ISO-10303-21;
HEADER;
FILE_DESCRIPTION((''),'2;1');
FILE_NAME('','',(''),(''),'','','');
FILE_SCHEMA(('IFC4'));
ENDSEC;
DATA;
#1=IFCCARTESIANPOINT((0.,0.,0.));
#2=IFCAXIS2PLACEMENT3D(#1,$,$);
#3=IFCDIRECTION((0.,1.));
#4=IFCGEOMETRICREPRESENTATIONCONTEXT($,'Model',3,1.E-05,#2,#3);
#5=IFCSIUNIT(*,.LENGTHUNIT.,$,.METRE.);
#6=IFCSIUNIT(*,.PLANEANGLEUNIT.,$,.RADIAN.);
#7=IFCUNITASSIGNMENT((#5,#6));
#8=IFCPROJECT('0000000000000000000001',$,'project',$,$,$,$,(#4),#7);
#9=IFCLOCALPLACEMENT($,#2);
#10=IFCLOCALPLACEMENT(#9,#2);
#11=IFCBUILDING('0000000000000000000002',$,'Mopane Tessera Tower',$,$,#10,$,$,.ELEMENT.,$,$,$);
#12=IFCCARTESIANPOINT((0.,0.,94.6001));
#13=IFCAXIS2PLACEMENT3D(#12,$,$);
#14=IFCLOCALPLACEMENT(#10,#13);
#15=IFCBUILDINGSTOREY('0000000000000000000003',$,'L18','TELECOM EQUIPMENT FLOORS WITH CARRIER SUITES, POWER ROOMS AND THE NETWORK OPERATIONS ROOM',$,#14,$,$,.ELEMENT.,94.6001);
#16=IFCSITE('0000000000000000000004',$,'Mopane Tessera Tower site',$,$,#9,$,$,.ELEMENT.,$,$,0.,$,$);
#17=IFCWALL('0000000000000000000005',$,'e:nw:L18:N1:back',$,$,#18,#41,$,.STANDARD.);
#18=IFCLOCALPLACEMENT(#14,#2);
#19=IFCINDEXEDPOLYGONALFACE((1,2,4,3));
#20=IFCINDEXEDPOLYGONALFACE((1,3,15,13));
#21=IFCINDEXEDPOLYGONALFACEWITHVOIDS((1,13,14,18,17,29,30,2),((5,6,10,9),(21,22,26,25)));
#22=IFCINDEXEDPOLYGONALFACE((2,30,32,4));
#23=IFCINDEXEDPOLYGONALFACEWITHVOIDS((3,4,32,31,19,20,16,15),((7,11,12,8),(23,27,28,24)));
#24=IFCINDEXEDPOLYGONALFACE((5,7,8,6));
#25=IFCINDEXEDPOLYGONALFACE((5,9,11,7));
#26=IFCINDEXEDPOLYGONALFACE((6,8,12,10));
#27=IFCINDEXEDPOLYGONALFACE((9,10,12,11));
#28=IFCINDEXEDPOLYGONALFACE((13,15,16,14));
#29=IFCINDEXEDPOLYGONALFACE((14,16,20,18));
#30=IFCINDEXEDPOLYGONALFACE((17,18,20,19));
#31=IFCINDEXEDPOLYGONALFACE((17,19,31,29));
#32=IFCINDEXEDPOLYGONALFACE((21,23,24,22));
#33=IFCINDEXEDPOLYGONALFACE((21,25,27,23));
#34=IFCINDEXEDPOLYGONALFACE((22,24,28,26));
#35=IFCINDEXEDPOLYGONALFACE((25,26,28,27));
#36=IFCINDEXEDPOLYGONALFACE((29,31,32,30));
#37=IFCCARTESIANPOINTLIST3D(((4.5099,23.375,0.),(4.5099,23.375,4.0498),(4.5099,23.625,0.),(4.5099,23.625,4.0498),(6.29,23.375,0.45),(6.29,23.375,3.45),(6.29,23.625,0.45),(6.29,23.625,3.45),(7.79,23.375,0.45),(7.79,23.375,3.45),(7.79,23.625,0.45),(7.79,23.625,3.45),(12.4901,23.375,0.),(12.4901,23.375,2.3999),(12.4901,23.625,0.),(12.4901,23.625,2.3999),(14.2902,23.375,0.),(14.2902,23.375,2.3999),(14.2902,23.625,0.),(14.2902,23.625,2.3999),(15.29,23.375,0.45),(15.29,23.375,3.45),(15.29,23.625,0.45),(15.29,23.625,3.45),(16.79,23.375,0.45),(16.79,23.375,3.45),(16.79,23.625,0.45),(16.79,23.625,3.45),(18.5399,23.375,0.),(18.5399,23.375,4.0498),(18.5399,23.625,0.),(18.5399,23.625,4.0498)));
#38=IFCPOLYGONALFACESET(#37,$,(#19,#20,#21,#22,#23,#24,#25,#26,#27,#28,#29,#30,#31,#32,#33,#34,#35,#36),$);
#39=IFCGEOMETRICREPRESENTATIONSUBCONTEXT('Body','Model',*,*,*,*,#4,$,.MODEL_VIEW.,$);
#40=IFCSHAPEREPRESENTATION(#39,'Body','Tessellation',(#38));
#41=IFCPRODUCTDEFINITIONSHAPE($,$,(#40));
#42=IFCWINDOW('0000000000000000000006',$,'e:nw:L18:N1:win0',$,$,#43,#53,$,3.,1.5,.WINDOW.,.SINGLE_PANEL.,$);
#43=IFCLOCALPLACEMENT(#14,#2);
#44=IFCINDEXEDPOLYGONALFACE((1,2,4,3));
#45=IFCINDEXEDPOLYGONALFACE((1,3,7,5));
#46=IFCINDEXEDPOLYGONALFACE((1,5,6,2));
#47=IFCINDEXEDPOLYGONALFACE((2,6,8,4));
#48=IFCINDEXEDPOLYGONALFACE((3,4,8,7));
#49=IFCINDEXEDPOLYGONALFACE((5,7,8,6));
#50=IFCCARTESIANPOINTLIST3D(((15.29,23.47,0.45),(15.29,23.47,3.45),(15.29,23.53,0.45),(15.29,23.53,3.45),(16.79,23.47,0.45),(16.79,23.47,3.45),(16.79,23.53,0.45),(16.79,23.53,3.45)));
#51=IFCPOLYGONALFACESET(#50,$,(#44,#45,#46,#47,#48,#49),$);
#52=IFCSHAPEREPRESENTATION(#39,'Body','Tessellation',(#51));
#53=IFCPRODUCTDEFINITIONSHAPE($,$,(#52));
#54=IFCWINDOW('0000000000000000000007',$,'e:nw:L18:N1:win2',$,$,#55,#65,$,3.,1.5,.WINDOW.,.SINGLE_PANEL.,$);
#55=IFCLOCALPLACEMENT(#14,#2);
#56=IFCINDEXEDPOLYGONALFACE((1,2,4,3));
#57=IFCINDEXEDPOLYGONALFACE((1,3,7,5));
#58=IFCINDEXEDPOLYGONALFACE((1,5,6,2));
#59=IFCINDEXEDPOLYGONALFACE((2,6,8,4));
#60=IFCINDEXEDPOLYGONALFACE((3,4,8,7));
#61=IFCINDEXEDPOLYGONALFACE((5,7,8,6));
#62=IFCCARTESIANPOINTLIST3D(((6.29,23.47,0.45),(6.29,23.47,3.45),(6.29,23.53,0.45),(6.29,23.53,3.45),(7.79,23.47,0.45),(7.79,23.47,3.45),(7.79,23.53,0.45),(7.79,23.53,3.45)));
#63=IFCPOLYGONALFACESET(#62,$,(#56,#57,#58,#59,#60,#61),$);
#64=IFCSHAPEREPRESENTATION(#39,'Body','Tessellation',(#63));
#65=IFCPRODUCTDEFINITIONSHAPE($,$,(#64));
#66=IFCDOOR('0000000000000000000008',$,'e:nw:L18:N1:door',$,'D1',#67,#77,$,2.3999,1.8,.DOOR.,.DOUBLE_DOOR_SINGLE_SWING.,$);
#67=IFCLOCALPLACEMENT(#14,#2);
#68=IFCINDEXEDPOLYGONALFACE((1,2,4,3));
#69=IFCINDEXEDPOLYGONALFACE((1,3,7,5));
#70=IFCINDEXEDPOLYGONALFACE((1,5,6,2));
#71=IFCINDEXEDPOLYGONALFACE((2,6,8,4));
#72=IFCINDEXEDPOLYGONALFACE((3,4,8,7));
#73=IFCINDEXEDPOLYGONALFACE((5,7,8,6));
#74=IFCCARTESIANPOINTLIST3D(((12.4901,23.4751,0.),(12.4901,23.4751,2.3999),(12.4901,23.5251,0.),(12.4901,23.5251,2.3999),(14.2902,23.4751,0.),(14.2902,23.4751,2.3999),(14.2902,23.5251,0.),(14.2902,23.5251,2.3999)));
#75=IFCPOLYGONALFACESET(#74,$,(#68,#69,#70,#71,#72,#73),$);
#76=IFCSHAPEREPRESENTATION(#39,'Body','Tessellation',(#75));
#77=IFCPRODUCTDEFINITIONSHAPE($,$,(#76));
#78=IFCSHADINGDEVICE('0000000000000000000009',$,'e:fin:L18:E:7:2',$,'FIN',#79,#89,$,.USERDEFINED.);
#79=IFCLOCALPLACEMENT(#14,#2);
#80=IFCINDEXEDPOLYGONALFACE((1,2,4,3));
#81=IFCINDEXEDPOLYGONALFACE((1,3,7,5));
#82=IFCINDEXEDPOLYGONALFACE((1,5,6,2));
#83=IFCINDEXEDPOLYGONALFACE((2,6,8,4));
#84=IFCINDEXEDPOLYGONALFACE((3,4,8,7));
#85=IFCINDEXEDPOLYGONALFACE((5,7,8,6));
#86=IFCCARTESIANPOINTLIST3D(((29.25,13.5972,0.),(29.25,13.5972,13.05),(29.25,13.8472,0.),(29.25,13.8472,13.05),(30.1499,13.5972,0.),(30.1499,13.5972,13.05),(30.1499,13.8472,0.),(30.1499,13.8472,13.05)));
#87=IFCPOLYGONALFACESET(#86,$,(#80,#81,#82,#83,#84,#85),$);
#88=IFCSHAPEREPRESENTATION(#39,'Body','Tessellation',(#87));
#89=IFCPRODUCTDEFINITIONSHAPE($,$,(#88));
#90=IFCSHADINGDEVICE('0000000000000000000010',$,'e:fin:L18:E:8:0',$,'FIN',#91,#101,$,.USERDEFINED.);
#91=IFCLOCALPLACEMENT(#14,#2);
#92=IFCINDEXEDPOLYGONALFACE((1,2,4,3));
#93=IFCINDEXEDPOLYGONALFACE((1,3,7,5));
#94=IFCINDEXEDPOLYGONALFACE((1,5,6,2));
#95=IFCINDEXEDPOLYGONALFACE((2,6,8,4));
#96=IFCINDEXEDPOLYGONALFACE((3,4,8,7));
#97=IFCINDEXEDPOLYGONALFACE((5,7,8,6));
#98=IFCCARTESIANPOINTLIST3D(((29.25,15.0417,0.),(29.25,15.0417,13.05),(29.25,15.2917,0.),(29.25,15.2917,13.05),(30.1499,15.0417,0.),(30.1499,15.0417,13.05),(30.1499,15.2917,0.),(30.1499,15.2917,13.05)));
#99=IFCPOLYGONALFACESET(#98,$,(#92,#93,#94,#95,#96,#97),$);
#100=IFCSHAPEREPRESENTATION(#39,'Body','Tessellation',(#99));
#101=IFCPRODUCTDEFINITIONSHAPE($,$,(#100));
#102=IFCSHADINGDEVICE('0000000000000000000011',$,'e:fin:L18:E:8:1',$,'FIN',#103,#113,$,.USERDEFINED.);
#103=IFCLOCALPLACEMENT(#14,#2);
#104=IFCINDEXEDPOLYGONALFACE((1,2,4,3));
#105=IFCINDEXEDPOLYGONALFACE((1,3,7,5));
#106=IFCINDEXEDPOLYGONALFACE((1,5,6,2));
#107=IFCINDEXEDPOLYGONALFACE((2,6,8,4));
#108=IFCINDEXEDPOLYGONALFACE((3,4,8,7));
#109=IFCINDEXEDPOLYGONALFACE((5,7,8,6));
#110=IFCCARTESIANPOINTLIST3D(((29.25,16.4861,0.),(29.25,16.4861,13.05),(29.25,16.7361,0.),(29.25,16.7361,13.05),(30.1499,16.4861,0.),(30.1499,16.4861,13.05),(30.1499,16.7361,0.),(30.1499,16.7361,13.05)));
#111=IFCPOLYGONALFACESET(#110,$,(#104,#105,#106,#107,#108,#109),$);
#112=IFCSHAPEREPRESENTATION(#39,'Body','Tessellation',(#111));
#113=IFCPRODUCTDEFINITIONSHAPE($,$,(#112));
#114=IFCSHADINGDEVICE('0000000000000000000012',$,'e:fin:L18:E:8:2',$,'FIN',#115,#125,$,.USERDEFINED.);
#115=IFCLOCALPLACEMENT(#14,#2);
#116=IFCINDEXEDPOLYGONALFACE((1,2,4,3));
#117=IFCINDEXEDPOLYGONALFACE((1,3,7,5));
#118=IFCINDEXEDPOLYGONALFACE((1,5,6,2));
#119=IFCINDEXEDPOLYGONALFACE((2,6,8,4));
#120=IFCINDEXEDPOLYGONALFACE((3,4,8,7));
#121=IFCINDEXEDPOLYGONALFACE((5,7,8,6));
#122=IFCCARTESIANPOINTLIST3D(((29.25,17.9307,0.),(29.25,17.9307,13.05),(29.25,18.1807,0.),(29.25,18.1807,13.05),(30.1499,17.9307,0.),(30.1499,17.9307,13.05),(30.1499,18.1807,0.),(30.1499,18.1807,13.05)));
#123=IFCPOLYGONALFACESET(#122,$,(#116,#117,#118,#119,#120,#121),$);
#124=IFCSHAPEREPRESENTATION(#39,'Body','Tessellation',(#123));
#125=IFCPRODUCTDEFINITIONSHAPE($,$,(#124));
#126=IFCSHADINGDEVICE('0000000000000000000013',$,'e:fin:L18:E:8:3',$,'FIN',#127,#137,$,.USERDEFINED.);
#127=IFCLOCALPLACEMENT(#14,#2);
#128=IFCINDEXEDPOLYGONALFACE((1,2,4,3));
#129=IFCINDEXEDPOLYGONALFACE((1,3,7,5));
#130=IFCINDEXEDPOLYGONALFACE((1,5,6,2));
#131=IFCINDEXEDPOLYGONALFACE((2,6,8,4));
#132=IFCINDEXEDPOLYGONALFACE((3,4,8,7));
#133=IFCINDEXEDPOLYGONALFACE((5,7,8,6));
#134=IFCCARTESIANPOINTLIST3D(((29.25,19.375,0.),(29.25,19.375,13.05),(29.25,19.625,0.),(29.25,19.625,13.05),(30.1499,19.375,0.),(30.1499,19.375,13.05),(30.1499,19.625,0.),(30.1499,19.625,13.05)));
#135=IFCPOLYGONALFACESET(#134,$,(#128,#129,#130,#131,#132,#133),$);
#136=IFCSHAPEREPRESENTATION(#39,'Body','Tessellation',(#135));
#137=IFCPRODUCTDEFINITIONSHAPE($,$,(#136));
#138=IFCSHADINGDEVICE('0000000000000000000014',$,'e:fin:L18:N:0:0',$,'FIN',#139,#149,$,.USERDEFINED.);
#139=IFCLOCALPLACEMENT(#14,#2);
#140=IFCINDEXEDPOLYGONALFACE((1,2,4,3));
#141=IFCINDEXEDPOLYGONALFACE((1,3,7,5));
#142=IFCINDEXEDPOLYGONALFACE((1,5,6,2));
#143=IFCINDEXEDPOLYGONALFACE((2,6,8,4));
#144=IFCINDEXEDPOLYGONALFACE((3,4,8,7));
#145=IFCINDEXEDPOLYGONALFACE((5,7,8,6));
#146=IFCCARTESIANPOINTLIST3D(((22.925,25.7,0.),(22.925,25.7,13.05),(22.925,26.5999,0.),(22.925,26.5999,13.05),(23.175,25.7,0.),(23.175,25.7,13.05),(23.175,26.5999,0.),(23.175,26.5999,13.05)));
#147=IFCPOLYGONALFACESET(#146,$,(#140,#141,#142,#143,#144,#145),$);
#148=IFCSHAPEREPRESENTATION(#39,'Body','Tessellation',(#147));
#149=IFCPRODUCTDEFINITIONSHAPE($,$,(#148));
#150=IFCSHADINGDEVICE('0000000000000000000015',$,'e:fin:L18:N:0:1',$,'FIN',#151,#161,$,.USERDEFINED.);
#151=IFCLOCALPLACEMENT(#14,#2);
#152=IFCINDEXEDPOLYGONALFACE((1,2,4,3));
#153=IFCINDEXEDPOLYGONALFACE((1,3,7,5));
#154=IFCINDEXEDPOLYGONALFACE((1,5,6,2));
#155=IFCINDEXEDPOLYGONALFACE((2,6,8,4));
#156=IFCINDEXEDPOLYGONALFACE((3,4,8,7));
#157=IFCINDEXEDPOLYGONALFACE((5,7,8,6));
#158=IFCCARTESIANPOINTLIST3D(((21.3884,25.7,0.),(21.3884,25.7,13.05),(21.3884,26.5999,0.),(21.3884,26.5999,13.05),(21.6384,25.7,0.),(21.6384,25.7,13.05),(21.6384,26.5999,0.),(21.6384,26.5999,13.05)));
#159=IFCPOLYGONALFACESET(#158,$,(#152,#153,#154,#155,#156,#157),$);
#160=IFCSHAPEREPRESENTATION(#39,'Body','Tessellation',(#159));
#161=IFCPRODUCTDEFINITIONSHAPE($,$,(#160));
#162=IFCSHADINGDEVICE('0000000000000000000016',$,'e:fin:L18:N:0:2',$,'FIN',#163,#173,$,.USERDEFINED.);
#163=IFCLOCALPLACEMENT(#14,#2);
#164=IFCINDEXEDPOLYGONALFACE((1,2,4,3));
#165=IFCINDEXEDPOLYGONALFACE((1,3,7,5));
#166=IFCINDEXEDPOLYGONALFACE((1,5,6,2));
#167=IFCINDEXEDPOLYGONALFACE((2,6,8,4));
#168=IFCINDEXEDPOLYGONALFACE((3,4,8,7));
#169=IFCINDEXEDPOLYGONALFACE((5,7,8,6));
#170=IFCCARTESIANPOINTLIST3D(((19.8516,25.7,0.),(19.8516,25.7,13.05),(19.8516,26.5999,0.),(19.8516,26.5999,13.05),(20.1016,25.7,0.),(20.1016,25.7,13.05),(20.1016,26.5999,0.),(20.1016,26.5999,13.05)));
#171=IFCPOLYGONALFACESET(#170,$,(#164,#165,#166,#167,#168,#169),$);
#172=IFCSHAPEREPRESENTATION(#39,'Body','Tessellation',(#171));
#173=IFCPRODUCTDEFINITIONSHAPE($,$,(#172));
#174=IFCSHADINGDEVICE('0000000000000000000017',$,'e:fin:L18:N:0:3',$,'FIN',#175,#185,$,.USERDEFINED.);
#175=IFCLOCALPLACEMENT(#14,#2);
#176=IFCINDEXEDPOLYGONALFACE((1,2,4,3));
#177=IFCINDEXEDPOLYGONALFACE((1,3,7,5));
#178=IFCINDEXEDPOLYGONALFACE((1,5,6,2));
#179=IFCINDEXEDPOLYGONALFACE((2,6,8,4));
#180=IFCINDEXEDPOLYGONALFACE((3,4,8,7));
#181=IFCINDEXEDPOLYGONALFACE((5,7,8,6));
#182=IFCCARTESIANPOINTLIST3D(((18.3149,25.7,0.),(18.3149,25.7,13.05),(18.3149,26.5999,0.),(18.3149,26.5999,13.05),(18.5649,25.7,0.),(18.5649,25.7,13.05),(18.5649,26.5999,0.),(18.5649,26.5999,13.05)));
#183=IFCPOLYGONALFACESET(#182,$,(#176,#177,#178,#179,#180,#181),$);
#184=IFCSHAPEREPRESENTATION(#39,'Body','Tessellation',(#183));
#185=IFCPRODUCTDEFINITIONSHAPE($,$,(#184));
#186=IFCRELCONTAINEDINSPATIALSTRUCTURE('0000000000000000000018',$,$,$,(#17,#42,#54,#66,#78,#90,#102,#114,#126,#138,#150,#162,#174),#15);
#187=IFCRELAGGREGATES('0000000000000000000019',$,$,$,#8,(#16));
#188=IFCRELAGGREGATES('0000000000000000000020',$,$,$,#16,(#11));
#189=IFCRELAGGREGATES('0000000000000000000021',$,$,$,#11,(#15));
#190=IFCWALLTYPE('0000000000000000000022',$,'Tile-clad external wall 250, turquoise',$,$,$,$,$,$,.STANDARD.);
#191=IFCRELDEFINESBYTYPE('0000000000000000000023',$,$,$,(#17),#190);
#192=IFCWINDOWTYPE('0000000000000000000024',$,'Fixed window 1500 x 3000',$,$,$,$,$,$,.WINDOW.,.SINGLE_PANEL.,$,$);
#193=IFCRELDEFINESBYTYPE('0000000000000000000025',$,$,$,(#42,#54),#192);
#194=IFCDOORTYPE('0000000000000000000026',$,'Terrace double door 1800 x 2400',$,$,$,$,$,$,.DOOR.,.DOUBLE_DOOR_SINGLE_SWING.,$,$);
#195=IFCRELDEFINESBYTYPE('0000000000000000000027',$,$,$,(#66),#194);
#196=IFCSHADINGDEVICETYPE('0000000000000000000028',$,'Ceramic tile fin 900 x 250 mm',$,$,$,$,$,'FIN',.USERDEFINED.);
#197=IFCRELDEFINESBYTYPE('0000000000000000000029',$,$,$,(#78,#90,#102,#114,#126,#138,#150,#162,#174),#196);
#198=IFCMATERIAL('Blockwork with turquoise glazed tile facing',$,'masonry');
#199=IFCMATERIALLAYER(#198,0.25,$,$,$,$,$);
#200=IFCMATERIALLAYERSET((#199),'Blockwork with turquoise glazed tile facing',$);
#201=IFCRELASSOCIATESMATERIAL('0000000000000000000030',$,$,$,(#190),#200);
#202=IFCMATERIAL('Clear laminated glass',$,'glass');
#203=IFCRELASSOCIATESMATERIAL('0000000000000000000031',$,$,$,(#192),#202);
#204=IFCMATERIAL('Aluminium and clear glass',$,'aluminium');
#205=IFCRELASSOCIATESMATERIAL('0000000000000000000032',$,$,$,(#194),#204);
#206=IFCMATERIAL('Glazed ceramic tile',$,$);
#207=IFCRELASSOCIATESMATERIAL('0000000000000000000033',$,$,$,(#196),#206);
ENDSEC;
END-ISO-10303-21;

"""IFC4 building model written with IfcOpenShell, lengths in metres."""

from ifc_helpers import new_model, si_unit, direction, frame, frame_2d, origin, origin_2d, place, context, subcontext, project, spatial, rectangle, extrude, material, layer, layer_set, type_object, element, fill, save


model = new_model("IFC4")

# Units and contexts
model_context = context("Model", 3, precision=1e-05, world=origin(), true_north=direction((0.0, 1.0)))
body_context = subcontext(model_context, "Body", "Model", "MODEL_VIEW")
ifc_project = project(units=[si_unit("LENGTHUNIT", "METRE"), si_unit("PLANEANGLEUNIT", "RADIAN")], contexts=[model_context])

# Site, building, storey
site_placement = place(None, origin())
site = spatial("IfcSite", under=ifc_project, at=site_placement, Name="Mopane Tessera Tower site", CompositionType="ELEMENT", RefElevation=0.0)
building_placement = place(site_placement, origin())
building = spatial("IfcBuilding", under=site, at=building_placement, Name="Mopane Tessera Tower", CompositionType="ELEMENT")
storey_placement = place(building_placement, frame((0.0, 0.0, 94.6001)))
storey = spatial("IfcBuildingStorey", under=building, at=storey_placement, Name="L18", Description="TELECOM EQUIPMENT FLOORS WITH CARRIER SUITES, POWER ROOMS AND THE NETWORK OPERATIONS ROOM", CompositionType="ELEMENT", Elevation=94.6001)

# Wall, openings, windows, door
ifc_material_1 = material(Name="Blockwork with turquoise glazed tile facing", Category="masonry")
ifc_layer_1 = layer(ifc_material_1, 0.25)
ifc_layer_set_1 = layer_set([ifc_layer_1], Name="Blockwork with turquoise glazed tile facing")
wall_type_1 = type_object("IfcWallType", Name="Tile-clad external wall 250, turquoise", PredefinedType="STANDARD", material=ifc_layer_set_1)
wall_1_placement = place(storey_placement, frame((18.54, 23.5, 0.0), z_axis=(0.0, 0.0, 1.0), x_axis=(-1.0, 0.0, 0.0)))
wall_1 = element("IfcWall", 1, at=wall_1_placement, inside=storey, type_object=wall_type_1, Name="e:nw:L18:N1:back", PredefinedType="STANDARD", context=body_context, shape_type="SweptSolid", body=[
    extrude(rectangle(XDim=14.03, YDim=0.25, at=frame_2d((7.0151, 0.0))), origin(), (0.0, 0.0, 1.0), 4.0498),
])
opening_1_placement = place(wall_1_placement, frame((1.75, 0.0, 0.45)))
opening_1 = element("IfcOpeningElement", 2, at=opening_1_placement, cuts=wall_1, PredefinedType="OPENING", context=body_context, shape_type="SweptSolid", body=[
    extrude(rectangle(XDim=1.5, YDim=3.0, at=frame_2d((0.75, 1.5))), frame((0.0, 0.137, 0.0), z_axis=(0.0, -1.0, 0.0), x_axis=(1.0, 0.0, 0.0)), (0.0, 0.0, 1.0), 0.2739),
])
opening_2_placement = place(wall_1_placement, frame((4.25, 0.0, 0.0)))
opening_2 = element("IfcOpeningElement", 3, at=opening_2_placement, cuts=wall_1, PredefinedType="OPENING", context=body_context, shape_type="SweptSolid", body=[
    extrude(rectangle(XDim=1.8, YDim=2.3999, at=frame_2d((0.8999, 1.2))), frame((0.0, 0.137, 0.0), z_axis=(0.0, -1.0, 0.0), x_axis=(1.0, 0.0, 0.0)), (0.0, 0.0, 1.0), 0.2739),
])
opening_3_placement = place(wall_1_placement, frame((10.75, 0.0, 0.45)))
opening_3 = element("IfcOpeningElement", 4, at=opening_3_placement, cuts=wall_1, PredefinedType="OPENING", context=body_context, shape_type="SweptSolid", body=[
    extrude(rectangle(XDim=1.5, YDim=3.0, at=frame_2d((0.75, 1.5))), frame((0.0, 0.137, 0.0), z_axis=(0.0, -1.0, 0.0), x_axis=(1.0, 0.0, 0.0)), (0.0, 0.0, 1.0), 0.2739),
])
ifc_material_2 = material(Name="Clear laminated glass", Category="glass")
window_type = type_object("IfcWindowType", Name="Fixed window 1500 x 3000", PartitioningType="SINGLE_PANEL", PredefinedType="WINDOW", material=ifc_material_2)
window_1_placement = place(opening_1_placement, origin())
window_1 = element("IfcWindow", 5, at=window_1_placement, inside=storey, type_object=window_type, Name="e:nw:L18:N1:win0", OverallHeight=3.0, OverallWidth=1.5, PartitioningType="SINGLE_PANEL", PredefinedType="WINDOW", context=body_context, shape_type="SweptSolid", body=[
    extrude(rectangle(XDim=1.5, YDim=3.0, at=frame_2d((0.75, 1.5))), frame((0.0, 0.03, 0.0), z_axis=(0.0, -1.0, 0.0), x_axis=(1.0, 0.0, 0.0)), (0.0, 0.0, 1.0), 0.0601),
])
fill(opening_1, window_1)
window_2_placement = place(opening_3_placement, origin())
window_2 = element("IfcWindow", 6, at=window_2_placement, inside=storey, type_object=window_type, Name="e:nw:L18:N1:win2", OverallHeight=3.0, OverallWidth=1.5, PartitioningType="SINGLE_PANEL", PredefinedType="WINDOW", context=body_context, shape_type="SweptSolid", body=[
    extrude(rectangle(XDim=1.5, YDim=3.0, at=frame_2d((0.75, 1.5))), frame((0.0, 0.03, 0.0), z_axis=(0.0, -1.0, 0.0), x_axis=(1.0, 0.0, 0.0)), (0.0, 0.0, 1.0), 0.0601),
])
fill(opening_3, window_2)
ifc_material_3 = material(Name="Aluminium and clear glass", Category="aluminium")
door_type = type_object("IfcDoorType", Name="Terrace double door 1800 x 2400", OperationType="DOUBLE_DOOR_SINGLE_SWING", PredefinedType="DOOR", material=ifc_material_3)
door_placement = place(opening_2_placement, origin())
door = element("IfcDoor", 7, at=door_placement, inside=storey, type_object=door_type, Name="e:nw:L18:N1:door", ObjectType="D1", OperationType="DOUBLE_DOOR_SINGLE_SWING", OverallHeight=2.3999, OverallWidth=1.8, PredefinedType="DOOR", context=body_context, shape_type="SweptSolid", body=[
    extrude(rectangle(XDim=1.8, YDim=2.3999, at=frame_2d((0.8999, 1.2))), frame((0.0, 0.0249, 0.0), z_axis=(0.0, -1.0, 0.0), x_axis=(1.0, 0.0, 0.0)), (0.0, 0.0, 1.0), 0.05),
])
fill(opening_2, door)

# Shading devices
ifc_material_4 = material(Name="Glazed ceramic tile")
shading_device_type = type_object("IfcShadingDeviceType", Name="Ceramic tile fin 900 x 250 mm", ElementType="FIN", PredefinedType="USERDEFINED", material=ifc_material_4)
for number, where, z_axis, x_axis, name in (
    (8, (29.7, 13.7222, 0.0), (0.0, 0.0, 1.0), (0.0, 1.0, 0.0), "e:fin:L18:E:7:2"),
    (9, (29.7, 15.1667, 0.0), (0.0, 0.0, 1.0), (0.0, 1.0, 0.0), "e:fin:L18:E:8:0"),
    (10, (29.7, 16.6111, 0.0), (0.0, 0.0, 1.0), (0.0, 1.0, 0.0), "e:fin:L18:E:8:1"),
    (11, (29.7, 18.0557, 0.0), (0.0, 0.0, 1.0), (0.0, 1.0, 0.0), "e:fin:L18:E:8:2"),
    (12, (29.7, 19.5, 0.0), (0.0, 0.0, 1.0), (0.0, 1.0, 0.0), "e:fin:L18:E:8:3"),
    (13, (23.05, 26.1499, 0.0), (0.0, 0.0, 1.0), (-1.0, 0.0, 0.0), "e:fin:L18:N:0:0"),
    (14, (21.5134, 26.1499, 0.0), (0.0, 0.0, 1.0), (-1.0, 0.0, 0.0), "e:fin:L18:N:0:1"),
    (15, (19.9766, 26.1499, 0.0), (0.0, 0.0, 1.0), (-1.0, 0.0, 0.0), "e:fin:L18:N:0:2"),
    (16, (18.4399, 26.1499, 0.0), (0.0, 0.0, 1.0), (-1.0, 0.0, 0.0), "e:fin:L18:N:0:3"),
):
    element("IfcShadingDevice", number, at=place(storey_placement, frame(where, z_axis=z_axis, x_axis=x_axis)), inside=storey, type_object=shading_device_type, Name=name, ObjectType="FIN", PredefinedType="USERDEFINED", context=body_context, shape_type="SweptSolid", body=[
        extrude(rectangle(XDim=0.25, YDim=0.8999, at=origin_2d()), origin(), (0.0, 0.0, 1.0), 13.05),
    ])

save(model, "model.ifc")
